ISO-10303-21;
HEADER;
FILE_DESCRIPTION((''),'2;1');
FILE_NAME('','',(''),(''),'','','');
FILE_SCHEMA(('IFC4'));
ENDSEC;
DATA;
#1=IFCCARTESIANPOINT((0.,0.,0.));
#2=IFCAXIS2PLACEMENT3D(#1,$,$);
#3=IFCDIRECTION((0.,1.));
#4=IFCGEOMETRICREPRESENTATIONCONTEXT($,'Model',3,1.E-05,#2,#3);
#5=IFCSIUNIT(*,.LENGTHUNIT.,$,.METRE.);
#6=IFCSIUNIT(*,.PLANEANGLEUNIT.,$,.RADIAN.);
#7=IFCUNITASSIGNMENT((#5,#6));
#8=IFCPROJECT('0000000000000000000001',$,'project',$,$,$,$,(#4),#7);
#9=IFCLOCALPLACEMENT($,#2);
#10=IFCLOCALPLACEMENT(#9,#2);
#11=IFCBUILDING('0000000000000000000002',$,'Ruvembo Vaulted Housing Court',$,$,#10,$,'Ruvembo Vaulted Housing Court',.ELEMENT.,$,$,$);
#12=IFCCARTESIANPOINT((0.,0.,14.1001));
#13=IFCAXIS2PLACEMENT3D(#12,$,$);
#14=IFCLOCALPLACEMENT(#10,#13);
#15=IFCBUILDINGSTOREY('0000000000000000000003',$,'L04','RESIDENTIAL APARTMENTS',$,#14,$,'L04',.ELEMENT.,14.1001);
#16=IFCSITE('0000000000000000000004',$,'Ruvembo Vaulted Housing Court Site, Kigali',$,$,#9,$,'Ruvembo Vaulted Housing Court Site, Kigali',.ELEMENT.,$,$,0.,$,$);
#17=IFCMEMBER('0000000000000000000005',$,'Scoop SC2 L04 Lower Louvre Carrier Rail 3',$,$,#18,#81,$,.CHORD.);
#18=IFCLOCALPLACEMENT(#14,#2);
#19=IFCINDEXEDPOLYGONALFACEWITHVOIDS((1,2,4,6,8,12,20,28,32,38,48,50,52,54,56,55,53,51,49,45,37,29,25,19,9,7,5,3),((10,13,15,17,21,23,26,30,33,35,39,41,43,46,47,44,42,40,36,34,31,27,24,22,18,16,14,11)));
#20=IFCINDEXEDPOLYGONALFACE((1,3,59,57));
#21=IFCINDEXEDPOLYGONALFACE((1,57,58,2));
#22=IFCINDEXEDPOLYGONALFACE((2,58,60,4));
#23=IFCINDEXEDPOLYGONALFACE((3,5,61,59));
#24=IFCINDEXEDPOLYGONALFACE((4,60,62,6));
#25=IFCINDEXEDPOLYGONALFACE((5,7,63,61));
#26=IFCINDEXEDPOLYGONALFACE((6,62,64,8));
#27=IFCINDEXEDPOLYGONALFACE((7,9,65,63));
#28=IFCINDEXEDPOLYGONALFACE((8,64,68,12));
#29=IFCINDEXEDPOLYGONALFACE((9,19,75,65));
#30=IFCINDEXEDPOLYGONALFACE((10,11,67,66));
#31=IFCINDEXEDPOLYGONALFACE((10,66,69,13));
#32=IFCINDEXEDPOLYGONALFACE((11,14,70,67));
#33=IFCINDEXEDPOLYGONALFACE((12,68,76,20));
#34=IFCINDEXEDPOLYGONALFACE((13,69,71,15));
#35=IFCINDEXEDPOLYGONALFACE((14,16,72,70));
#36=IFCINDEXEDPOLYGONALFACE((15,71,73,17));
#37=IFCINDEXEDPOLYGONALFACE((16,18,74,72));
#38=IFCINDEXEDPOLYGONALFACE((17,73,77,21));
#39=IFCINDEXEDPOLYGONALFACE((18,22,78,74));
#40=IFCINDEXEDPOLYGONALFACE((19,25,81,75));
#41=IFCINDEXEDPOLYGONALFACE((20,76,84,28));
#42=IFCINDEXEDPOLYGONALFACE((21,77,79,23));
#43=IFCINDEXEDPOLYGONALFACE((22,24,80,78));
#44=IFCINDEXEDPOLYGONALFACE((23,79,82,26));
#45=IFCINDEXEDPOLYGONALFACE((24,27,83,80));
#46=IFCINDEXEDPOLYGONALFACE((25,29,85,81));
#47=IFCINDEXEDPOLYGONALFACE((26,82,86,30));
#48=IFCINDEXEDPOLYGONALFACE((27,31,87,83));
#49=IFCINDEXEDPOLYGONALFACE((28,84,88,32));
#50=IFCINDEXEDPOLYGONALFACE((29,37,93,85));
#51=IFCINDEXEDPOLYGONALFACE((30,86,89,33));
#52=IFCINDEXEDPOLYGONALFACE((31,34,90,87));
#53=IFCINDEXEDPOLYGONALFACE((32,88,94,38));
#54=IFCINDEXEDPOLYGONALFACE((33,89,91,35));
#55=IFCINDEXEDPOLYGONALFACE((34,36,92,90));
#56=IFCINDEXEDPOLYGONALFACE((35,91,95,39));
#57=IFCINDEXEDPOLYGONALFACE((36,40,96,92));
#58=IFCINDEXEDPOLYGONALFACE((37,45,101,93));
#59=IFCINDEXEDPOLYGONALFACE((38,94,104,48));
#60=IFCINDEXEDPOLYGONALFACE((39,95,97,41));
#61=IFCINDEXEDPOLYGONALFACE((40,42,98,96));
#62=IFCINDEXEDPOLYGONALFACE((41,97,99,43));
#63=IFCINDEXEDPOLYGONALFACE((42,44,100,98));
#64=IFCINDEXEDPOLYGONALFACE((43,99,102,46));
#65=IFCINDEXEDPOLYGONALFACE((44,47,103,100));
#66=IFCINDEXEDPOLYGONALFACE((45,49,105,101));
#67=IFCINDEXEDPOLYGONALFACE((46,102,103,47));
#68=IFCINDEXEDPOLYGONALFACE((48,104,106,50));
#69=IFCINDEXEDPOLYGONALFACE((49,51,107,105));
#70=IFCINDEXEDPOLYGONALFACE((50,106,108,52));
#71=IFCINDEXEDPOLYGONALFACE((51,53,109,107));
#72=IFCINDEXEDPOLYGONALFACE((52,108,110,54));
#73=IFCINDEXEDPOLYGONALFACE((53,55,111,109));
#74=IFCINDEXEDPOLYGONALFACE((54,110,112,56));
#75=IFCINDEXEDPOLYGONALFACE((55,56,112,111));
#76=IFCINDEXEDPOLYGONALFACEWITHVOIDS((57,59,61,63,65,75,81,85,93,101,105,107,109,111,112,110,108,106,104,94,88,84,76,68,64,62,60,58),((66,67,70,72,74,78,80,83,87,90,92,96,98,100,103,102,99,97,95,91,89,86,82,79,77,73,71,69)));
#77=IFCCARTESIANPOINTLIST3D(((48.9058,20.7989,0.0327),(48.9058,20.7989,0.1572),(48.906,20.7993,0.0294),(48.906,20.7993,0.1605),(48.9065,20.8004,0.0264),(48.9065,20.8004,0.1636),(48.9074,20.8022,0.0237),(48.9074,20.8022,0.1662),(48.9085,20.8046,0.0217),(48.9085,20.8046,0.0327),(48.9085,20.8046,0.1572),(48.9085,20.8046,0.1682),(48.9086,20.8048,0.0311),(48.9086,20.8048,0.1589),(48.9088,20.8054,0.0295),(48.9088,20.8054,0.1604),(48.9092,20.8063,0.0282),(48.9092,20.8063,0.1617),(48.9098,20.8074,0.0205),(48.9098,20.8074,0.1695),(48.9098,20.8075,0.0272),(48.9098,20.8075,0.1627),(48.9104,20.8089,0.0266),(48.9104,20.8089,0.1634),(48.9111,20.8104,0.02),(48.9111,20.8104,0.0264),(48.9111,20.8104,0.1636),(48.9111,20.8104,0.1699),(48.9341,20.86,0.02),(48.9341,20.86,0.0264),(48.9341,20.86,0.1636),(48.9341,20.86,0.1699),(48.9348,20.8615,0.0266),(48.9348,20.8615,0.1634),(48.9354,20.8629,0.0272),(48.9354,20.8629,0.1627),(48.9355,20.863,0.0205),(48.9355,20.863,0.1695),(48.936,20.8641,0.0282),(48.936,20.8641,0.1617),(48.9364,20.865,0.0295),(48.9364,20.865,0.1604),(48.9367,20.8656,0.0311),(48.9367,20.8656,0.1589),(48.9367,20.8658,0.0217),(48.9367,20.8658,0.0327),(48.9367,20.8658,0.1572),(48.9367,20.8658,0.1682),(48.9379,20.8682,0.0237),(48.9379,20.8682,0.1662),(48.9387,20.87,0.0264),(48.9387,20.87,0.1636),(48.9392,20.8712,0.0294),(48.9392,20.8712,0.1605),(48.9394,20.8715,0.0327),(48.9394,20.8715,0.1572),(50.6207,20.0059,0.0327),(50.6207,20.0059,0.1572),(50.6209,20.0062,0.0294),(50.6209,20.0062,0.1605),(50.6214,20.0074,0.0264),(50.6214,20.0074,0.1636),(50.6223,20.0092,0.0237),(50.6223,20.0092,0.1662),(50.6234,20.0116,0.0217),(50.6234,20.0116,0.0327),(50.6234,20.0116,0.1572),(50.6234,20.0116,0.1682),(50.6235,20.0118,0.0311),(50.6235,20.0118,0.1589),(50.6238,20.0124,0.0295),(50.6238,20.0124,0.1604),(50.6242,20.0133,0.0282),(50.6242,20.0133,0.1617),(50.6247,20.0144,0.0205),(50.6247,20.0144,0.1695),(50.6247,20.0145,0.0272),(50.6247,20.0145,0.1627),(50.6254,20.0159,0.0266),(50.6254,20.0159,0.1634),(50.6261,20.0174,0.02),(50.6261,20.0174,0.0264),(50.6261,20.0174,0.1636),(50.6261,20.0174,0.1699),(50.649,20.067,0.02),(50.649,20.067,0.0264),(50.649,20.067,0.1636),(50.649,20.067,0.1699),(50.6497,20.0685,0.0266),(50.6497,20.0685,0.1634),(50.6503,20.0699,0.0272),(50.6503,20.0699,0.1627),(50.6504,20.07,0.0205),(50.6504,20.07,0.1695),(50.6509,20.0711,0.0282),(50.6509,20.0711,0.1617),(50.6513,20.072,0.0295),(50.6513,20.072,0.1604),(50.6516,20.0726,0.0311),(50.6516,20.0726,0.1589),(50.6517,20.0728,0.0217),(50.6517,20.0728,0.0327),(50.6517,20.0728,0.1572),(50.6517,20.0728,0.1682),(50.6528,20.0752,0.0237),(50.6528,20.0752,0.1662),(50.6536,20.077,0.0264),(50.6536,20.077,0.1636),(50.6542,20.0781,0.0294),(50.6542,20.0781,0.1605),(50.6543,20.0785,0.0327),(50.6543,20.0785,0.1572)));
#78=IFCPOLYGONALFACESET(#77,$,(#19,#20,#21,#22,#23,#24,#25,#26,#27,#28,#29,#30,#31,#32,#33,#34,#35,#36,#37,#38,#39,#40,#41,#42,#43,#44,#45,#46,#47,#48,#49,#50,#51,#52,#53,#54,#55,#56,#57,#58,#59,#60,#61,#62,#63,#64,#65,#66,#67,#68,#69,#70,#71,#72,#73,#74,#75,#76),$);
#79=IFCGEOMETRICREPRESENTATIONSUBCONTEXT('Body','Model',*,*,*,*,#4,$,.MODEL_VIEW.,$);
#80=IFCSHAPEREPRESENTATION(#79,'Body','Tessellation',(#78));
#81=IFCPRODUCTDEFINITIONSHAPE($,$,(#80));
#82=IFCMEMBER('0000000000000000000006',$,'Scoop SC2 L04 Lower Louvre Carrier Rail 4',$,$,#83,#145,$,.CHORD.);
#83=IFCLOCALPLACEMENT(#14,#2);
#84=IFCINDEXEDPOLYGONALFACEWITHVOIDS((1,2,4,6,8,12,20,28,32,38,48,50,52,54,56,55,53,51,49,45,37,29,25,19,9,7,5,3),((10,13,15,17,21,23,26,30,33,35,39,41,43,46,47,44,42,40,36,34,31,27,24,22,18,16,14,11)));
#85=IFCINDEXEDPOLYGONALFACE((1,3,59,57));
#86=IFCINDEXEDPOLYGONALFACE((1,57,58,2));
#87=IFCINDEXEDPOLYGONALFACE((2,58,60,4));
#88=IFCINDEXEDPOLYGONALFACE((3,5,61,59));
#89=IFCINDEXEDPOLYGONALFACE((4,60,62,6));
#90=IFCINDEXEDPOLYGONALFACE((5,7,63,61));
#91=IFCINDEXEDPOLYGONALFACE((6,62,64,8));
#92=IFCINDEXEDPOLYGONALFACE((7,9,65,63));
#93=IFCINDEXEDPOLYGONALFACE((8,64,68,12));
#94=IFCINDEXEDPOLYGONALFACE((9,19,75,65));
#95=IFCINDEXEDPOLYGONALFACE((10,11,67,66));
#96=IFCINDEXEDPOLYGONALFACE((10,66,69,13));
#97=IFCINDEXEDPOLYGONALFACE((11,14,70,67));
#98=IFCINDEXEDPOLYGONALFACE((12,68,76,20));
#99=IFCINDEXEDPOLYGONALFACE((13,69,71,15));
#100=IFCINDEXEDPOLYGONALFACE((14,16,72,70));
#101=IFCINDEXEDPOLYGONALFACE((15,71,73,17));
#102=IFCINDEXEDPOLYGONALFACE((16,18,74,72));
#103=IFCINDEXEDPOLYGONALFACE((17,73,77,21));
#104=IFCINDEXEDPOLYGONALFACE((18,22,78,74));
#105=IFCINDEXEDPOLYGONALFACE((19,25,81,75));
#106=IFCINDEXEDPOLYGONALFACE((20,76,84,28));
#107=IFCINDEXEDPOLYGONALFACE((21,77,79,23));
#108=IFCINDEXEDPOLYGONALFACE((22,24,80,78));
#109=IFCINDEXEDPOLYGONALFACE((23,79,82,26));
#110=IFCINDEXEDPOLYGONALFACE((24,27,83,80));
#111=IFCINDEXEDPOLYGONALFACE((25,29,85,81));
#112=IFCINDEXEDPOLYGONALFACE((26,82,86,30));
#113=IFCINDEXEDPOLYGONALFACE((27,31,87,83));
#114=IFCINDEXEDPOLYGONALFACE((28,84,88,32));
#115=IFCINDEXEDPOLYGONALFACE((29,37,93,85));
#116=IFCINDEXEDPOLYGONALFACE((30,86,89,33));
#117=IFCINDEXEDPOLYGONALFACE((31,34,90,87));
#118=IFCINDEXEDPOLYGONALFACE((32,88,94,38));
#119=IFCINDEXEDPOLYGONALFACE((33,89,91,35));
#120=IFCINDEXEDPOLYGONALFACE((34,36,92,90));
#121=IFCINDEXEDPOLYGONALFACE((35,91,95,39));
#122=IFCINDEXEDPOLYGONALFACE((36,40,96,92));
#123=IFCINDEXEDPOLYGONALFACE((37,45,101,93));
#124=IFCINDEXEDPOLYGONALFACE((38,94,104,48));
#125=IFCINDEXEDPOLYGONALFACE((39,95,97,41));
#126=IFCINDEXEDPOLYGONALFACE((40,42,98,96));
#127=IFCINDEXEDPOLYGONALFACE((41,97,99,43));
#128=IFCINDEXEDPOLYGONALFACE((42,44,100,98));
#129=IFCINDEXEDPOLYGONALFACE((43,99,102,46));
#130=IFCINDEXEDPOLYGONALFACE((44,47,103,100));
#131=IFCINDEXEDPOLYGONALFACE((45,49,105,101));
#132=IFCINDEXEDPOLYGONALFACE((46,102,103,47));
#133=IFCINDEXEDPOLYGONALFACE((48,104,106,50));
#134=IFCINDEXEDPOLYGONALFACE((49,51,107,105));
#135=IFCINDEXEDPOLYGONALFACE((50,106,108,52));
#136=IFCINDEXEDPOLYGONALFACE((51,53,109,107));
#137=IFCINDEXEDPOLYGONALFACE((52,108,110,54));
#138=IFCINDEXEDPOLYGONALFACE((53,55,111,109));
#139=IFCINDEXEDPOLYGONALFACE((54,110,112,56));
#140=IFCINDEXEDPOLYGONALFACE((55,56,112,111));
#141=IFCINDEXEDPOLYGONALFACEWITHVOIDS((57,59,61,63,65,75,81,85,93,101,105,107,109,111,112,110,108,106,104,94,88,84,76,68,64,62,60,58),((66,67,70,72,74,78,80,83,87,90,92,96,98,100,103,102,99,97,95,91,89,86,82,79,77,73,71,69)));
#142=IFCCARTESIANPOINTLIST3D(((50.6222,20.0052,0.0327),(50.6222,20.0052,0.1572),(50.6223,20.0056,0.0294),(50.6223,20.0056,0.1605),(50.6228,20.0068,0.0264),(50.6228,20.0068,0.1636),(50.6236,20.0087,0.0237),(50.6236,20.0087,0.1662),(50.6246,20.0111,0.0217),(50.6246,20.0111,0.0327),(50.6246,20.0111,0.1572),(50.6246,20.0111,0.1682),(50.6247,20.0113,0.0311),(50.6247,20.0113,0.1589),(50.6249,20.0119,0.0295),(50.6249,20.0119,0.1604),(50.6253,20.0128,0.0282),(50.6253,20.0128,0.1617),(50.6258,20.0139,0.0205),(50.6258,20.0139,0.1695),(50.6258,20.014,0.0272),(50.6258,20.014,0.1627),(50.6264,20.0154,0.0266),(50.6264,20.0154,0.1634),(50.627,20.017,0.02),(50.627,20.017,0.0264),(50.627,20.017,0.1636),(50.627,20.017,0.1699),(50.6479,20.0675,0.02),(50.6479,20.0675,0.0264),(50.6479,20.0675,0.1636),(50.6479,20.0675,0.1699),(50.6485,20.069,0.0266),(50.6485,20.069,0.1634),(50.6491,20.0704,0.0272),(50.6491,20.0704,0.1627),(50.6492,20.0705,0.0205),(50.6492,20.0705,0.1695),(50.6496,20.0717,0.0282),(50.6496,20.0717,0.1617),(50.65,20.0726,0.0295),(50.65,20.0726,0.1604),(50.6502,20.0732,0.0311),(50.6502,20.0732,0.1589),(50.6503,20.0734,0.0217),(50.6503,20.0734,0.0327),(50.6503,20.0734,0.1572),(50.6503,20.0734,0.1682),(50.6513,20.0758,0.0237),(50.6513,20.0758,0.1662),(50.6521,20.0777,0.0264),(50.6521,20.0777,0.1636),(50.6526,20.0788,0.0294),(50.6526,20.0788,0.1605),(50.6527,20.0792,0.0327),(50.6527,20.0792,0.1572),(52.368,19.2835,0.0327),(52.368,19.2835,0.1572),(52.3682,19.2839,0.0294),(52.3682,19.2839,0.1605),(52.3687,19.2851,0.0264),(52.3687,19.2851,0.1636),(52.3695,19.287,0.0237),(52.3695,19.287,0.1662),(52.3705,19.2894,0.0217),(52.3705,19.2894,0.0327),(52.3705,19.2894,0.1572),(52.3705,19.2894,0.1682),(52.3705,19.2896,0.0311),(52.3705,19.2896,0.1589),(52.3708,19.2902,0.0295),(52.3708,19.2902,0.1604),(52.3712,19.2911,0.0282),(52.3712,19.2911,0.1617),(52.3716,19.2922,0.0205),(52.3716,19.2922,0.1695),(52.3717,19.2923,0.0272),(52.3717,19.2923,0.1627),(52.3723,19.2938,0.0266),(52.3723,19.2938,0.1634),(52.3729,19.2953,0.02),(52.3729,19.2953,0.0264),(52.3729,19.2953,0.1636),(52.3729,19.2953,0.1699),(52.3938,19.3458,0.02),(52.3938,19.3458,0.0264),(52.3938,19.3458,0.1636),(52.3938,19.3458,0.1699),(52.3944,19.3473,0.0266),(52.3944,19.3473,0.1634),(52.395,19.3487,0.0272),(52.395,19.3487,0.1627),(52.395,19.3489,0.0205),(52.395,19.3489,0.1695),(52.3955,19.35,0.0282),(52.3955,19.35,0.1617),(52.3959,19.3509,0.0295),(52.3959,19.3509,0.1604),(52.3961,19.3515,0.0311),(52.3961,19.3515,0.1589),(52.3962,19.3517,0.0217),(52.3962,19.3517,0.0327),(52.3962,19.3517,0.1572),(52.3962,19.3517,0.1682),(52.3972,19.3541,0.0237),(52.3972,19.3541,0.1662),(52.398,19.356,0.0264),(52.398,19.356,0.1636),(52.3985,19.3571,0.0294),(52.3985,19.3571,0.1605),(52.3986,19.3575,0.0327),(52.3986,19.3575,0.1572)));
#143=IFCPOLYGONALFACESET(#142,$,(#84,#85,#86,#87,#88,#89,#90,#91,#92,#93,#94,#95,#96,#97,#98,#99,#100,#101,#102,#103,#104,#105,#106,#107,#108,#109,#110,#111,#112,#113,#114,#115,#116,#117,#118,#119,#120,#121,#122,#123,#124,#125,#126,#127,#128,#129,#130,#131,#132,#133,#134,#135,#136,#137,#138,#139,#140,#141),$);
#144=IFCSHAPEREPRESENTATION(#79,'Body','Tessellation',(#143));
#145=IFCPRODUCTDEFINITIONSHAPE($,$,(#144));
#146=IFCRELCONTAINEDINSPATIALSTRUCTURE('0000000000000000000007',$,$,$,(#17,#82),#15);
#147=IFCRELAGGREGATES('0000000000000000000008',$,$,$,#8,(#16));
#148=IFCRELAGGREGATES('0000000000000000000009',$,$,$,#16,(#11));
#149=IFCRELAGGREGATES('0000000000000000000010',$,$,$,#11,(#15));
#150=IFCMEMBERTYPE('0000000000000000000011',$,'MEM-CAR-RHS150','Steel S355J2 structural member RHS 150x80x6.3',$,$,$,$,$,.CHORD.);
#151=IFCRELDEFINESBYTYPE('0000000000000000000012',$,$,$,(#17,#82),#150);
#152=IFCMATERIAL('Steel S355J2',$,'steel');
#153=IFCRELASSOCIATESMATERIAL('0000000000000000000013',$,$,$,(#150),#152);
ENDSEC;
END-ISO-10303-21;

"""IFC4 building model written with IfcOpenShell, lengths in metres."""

from ifc_helpers import new_model, si_unit, direction, frame, origin, origin_2d, place, context, subcontext, project, spatial, hollow_rectangle, extrude, material, material_profile, profile_set, type_object, element, save


model = new_model("IFC4")

# Units and contexts
model_context = context("Model", 3, precision=1e-05, world=origin(), true_north=direction((0.0, 1.0)))
body_context = subcontext(model_context, "Body", "Model", "MODEL_VIEW")
ifc_project = project(units=[si_unit("LENGTHUNIT", "METRE"), si_unit("PLANEANGLEUNIT", "RADIAN")], contexts=[model_context])

# Site, building, storey
site_placement = place(None, origin())
site = spatial("IfcSite", under=ifc_project, at=site_placement, Name="Ruvembo Vaulted Housing Court Site, Kigali", LongName="Ruvembo Vaulted Housing Court Site, Kigali", CompositionType="ELEMENT", RefElevation=0.0)
building_placement = place(site_placement, origin())
building = spatial("IfcBuilding", under=site, at=building_placement, Name="Ruvembo Vaulted Housing Court", LongName="Ruvembo Vaulted Housing Court", CompositionType="ELEMENT")
storey_placement = place(building_placement, frame((0.0, 0.0, 14.1001)))
storey = spatial("IfcBuildingStorey", under=building, at=storey_placement, Name="L04", Description="RESIDENTIAL APARTMENTS", LongName="L04", CompositionType="ELEMENT", Elevation=14.1001)

# Shared definitions
ifc_material_1 = material(Name="Steel S355J2", Category="steel")

# Members
ifc_material_profile_1 = material_profile(ifc_material_1, hollow_rectangle(XDim=0.0801, YDim=0.1499, WallThickness=0.0063, InnerFilletRadius=0.0063, OuterFilletRadius=0.0127, at=origin_2d()), Name="RHS 150x80x6.3")
ifc_profile_set_1 = profile_set([ifc_material_profile_1], Name="Steel S355J2")
member_type_1 = type_object("IfcMemberType", Name="MEM-CAR-RHS150", Description="Steel S355J2 structural member RHS 150x80x6.3", PredefinedType="CHORD", material=ifc_profile_set_1)
for number, where, z_axis, x_axis, name in (
    (1, (48.9226, 20.8352, 0.095), (0.907657, -0.419714, 0.0), (0.419714, 0.907657, 0.0), "Scoop SC2 L04 Lower Louvre Carrier Rail 3"),
):
    element("IfcMember", number, at=place(storey_placement, frame(where, z_axis=z_axis, x_axis=x_axis)), inside=storey, type_object=member_type_1, Name=name, PredefinedType="CHORD", context=body_context, shape_type="SweptSolid", body=[
        extrude(hollow_rectangle(XDim=0.0801, YDim=0.1499, WallThickness=0.0063, InnerFilletRadius=0.0063, OuterFilletRadius=0.0127, at=origin_2d()), origin(), (0.0, 0.0, 1.0), 1.8894),
    ])
member_1_placement = place(storey_placement, frame((50.6375, 20.0422, 0.095), z_axis=(0.924155, -0.382017, 0.0), x_axis=(0.382017, 0.924155, 0.0)))
element("IfcMember", 2, at=member_1_placement, inside=storey, type_object=member_type_1, Name="Scoop SC2 L04 Lower Louvre Carrier Rail 4", PredefinedType="CHORD", context=body_context, shape_type="SweptSolid", body=[
    extrude(hollow_rectangle(XDim=0.0801, YDim=0.1499, WallThickness=0.0063, InnerFilletRadius=0.0063, OuterFilletRadius=0.0127, at=origin_2d()), origin(), (0.0, 0.0, 1.0), 1.8892),
])

save(model, "model.ifc")
